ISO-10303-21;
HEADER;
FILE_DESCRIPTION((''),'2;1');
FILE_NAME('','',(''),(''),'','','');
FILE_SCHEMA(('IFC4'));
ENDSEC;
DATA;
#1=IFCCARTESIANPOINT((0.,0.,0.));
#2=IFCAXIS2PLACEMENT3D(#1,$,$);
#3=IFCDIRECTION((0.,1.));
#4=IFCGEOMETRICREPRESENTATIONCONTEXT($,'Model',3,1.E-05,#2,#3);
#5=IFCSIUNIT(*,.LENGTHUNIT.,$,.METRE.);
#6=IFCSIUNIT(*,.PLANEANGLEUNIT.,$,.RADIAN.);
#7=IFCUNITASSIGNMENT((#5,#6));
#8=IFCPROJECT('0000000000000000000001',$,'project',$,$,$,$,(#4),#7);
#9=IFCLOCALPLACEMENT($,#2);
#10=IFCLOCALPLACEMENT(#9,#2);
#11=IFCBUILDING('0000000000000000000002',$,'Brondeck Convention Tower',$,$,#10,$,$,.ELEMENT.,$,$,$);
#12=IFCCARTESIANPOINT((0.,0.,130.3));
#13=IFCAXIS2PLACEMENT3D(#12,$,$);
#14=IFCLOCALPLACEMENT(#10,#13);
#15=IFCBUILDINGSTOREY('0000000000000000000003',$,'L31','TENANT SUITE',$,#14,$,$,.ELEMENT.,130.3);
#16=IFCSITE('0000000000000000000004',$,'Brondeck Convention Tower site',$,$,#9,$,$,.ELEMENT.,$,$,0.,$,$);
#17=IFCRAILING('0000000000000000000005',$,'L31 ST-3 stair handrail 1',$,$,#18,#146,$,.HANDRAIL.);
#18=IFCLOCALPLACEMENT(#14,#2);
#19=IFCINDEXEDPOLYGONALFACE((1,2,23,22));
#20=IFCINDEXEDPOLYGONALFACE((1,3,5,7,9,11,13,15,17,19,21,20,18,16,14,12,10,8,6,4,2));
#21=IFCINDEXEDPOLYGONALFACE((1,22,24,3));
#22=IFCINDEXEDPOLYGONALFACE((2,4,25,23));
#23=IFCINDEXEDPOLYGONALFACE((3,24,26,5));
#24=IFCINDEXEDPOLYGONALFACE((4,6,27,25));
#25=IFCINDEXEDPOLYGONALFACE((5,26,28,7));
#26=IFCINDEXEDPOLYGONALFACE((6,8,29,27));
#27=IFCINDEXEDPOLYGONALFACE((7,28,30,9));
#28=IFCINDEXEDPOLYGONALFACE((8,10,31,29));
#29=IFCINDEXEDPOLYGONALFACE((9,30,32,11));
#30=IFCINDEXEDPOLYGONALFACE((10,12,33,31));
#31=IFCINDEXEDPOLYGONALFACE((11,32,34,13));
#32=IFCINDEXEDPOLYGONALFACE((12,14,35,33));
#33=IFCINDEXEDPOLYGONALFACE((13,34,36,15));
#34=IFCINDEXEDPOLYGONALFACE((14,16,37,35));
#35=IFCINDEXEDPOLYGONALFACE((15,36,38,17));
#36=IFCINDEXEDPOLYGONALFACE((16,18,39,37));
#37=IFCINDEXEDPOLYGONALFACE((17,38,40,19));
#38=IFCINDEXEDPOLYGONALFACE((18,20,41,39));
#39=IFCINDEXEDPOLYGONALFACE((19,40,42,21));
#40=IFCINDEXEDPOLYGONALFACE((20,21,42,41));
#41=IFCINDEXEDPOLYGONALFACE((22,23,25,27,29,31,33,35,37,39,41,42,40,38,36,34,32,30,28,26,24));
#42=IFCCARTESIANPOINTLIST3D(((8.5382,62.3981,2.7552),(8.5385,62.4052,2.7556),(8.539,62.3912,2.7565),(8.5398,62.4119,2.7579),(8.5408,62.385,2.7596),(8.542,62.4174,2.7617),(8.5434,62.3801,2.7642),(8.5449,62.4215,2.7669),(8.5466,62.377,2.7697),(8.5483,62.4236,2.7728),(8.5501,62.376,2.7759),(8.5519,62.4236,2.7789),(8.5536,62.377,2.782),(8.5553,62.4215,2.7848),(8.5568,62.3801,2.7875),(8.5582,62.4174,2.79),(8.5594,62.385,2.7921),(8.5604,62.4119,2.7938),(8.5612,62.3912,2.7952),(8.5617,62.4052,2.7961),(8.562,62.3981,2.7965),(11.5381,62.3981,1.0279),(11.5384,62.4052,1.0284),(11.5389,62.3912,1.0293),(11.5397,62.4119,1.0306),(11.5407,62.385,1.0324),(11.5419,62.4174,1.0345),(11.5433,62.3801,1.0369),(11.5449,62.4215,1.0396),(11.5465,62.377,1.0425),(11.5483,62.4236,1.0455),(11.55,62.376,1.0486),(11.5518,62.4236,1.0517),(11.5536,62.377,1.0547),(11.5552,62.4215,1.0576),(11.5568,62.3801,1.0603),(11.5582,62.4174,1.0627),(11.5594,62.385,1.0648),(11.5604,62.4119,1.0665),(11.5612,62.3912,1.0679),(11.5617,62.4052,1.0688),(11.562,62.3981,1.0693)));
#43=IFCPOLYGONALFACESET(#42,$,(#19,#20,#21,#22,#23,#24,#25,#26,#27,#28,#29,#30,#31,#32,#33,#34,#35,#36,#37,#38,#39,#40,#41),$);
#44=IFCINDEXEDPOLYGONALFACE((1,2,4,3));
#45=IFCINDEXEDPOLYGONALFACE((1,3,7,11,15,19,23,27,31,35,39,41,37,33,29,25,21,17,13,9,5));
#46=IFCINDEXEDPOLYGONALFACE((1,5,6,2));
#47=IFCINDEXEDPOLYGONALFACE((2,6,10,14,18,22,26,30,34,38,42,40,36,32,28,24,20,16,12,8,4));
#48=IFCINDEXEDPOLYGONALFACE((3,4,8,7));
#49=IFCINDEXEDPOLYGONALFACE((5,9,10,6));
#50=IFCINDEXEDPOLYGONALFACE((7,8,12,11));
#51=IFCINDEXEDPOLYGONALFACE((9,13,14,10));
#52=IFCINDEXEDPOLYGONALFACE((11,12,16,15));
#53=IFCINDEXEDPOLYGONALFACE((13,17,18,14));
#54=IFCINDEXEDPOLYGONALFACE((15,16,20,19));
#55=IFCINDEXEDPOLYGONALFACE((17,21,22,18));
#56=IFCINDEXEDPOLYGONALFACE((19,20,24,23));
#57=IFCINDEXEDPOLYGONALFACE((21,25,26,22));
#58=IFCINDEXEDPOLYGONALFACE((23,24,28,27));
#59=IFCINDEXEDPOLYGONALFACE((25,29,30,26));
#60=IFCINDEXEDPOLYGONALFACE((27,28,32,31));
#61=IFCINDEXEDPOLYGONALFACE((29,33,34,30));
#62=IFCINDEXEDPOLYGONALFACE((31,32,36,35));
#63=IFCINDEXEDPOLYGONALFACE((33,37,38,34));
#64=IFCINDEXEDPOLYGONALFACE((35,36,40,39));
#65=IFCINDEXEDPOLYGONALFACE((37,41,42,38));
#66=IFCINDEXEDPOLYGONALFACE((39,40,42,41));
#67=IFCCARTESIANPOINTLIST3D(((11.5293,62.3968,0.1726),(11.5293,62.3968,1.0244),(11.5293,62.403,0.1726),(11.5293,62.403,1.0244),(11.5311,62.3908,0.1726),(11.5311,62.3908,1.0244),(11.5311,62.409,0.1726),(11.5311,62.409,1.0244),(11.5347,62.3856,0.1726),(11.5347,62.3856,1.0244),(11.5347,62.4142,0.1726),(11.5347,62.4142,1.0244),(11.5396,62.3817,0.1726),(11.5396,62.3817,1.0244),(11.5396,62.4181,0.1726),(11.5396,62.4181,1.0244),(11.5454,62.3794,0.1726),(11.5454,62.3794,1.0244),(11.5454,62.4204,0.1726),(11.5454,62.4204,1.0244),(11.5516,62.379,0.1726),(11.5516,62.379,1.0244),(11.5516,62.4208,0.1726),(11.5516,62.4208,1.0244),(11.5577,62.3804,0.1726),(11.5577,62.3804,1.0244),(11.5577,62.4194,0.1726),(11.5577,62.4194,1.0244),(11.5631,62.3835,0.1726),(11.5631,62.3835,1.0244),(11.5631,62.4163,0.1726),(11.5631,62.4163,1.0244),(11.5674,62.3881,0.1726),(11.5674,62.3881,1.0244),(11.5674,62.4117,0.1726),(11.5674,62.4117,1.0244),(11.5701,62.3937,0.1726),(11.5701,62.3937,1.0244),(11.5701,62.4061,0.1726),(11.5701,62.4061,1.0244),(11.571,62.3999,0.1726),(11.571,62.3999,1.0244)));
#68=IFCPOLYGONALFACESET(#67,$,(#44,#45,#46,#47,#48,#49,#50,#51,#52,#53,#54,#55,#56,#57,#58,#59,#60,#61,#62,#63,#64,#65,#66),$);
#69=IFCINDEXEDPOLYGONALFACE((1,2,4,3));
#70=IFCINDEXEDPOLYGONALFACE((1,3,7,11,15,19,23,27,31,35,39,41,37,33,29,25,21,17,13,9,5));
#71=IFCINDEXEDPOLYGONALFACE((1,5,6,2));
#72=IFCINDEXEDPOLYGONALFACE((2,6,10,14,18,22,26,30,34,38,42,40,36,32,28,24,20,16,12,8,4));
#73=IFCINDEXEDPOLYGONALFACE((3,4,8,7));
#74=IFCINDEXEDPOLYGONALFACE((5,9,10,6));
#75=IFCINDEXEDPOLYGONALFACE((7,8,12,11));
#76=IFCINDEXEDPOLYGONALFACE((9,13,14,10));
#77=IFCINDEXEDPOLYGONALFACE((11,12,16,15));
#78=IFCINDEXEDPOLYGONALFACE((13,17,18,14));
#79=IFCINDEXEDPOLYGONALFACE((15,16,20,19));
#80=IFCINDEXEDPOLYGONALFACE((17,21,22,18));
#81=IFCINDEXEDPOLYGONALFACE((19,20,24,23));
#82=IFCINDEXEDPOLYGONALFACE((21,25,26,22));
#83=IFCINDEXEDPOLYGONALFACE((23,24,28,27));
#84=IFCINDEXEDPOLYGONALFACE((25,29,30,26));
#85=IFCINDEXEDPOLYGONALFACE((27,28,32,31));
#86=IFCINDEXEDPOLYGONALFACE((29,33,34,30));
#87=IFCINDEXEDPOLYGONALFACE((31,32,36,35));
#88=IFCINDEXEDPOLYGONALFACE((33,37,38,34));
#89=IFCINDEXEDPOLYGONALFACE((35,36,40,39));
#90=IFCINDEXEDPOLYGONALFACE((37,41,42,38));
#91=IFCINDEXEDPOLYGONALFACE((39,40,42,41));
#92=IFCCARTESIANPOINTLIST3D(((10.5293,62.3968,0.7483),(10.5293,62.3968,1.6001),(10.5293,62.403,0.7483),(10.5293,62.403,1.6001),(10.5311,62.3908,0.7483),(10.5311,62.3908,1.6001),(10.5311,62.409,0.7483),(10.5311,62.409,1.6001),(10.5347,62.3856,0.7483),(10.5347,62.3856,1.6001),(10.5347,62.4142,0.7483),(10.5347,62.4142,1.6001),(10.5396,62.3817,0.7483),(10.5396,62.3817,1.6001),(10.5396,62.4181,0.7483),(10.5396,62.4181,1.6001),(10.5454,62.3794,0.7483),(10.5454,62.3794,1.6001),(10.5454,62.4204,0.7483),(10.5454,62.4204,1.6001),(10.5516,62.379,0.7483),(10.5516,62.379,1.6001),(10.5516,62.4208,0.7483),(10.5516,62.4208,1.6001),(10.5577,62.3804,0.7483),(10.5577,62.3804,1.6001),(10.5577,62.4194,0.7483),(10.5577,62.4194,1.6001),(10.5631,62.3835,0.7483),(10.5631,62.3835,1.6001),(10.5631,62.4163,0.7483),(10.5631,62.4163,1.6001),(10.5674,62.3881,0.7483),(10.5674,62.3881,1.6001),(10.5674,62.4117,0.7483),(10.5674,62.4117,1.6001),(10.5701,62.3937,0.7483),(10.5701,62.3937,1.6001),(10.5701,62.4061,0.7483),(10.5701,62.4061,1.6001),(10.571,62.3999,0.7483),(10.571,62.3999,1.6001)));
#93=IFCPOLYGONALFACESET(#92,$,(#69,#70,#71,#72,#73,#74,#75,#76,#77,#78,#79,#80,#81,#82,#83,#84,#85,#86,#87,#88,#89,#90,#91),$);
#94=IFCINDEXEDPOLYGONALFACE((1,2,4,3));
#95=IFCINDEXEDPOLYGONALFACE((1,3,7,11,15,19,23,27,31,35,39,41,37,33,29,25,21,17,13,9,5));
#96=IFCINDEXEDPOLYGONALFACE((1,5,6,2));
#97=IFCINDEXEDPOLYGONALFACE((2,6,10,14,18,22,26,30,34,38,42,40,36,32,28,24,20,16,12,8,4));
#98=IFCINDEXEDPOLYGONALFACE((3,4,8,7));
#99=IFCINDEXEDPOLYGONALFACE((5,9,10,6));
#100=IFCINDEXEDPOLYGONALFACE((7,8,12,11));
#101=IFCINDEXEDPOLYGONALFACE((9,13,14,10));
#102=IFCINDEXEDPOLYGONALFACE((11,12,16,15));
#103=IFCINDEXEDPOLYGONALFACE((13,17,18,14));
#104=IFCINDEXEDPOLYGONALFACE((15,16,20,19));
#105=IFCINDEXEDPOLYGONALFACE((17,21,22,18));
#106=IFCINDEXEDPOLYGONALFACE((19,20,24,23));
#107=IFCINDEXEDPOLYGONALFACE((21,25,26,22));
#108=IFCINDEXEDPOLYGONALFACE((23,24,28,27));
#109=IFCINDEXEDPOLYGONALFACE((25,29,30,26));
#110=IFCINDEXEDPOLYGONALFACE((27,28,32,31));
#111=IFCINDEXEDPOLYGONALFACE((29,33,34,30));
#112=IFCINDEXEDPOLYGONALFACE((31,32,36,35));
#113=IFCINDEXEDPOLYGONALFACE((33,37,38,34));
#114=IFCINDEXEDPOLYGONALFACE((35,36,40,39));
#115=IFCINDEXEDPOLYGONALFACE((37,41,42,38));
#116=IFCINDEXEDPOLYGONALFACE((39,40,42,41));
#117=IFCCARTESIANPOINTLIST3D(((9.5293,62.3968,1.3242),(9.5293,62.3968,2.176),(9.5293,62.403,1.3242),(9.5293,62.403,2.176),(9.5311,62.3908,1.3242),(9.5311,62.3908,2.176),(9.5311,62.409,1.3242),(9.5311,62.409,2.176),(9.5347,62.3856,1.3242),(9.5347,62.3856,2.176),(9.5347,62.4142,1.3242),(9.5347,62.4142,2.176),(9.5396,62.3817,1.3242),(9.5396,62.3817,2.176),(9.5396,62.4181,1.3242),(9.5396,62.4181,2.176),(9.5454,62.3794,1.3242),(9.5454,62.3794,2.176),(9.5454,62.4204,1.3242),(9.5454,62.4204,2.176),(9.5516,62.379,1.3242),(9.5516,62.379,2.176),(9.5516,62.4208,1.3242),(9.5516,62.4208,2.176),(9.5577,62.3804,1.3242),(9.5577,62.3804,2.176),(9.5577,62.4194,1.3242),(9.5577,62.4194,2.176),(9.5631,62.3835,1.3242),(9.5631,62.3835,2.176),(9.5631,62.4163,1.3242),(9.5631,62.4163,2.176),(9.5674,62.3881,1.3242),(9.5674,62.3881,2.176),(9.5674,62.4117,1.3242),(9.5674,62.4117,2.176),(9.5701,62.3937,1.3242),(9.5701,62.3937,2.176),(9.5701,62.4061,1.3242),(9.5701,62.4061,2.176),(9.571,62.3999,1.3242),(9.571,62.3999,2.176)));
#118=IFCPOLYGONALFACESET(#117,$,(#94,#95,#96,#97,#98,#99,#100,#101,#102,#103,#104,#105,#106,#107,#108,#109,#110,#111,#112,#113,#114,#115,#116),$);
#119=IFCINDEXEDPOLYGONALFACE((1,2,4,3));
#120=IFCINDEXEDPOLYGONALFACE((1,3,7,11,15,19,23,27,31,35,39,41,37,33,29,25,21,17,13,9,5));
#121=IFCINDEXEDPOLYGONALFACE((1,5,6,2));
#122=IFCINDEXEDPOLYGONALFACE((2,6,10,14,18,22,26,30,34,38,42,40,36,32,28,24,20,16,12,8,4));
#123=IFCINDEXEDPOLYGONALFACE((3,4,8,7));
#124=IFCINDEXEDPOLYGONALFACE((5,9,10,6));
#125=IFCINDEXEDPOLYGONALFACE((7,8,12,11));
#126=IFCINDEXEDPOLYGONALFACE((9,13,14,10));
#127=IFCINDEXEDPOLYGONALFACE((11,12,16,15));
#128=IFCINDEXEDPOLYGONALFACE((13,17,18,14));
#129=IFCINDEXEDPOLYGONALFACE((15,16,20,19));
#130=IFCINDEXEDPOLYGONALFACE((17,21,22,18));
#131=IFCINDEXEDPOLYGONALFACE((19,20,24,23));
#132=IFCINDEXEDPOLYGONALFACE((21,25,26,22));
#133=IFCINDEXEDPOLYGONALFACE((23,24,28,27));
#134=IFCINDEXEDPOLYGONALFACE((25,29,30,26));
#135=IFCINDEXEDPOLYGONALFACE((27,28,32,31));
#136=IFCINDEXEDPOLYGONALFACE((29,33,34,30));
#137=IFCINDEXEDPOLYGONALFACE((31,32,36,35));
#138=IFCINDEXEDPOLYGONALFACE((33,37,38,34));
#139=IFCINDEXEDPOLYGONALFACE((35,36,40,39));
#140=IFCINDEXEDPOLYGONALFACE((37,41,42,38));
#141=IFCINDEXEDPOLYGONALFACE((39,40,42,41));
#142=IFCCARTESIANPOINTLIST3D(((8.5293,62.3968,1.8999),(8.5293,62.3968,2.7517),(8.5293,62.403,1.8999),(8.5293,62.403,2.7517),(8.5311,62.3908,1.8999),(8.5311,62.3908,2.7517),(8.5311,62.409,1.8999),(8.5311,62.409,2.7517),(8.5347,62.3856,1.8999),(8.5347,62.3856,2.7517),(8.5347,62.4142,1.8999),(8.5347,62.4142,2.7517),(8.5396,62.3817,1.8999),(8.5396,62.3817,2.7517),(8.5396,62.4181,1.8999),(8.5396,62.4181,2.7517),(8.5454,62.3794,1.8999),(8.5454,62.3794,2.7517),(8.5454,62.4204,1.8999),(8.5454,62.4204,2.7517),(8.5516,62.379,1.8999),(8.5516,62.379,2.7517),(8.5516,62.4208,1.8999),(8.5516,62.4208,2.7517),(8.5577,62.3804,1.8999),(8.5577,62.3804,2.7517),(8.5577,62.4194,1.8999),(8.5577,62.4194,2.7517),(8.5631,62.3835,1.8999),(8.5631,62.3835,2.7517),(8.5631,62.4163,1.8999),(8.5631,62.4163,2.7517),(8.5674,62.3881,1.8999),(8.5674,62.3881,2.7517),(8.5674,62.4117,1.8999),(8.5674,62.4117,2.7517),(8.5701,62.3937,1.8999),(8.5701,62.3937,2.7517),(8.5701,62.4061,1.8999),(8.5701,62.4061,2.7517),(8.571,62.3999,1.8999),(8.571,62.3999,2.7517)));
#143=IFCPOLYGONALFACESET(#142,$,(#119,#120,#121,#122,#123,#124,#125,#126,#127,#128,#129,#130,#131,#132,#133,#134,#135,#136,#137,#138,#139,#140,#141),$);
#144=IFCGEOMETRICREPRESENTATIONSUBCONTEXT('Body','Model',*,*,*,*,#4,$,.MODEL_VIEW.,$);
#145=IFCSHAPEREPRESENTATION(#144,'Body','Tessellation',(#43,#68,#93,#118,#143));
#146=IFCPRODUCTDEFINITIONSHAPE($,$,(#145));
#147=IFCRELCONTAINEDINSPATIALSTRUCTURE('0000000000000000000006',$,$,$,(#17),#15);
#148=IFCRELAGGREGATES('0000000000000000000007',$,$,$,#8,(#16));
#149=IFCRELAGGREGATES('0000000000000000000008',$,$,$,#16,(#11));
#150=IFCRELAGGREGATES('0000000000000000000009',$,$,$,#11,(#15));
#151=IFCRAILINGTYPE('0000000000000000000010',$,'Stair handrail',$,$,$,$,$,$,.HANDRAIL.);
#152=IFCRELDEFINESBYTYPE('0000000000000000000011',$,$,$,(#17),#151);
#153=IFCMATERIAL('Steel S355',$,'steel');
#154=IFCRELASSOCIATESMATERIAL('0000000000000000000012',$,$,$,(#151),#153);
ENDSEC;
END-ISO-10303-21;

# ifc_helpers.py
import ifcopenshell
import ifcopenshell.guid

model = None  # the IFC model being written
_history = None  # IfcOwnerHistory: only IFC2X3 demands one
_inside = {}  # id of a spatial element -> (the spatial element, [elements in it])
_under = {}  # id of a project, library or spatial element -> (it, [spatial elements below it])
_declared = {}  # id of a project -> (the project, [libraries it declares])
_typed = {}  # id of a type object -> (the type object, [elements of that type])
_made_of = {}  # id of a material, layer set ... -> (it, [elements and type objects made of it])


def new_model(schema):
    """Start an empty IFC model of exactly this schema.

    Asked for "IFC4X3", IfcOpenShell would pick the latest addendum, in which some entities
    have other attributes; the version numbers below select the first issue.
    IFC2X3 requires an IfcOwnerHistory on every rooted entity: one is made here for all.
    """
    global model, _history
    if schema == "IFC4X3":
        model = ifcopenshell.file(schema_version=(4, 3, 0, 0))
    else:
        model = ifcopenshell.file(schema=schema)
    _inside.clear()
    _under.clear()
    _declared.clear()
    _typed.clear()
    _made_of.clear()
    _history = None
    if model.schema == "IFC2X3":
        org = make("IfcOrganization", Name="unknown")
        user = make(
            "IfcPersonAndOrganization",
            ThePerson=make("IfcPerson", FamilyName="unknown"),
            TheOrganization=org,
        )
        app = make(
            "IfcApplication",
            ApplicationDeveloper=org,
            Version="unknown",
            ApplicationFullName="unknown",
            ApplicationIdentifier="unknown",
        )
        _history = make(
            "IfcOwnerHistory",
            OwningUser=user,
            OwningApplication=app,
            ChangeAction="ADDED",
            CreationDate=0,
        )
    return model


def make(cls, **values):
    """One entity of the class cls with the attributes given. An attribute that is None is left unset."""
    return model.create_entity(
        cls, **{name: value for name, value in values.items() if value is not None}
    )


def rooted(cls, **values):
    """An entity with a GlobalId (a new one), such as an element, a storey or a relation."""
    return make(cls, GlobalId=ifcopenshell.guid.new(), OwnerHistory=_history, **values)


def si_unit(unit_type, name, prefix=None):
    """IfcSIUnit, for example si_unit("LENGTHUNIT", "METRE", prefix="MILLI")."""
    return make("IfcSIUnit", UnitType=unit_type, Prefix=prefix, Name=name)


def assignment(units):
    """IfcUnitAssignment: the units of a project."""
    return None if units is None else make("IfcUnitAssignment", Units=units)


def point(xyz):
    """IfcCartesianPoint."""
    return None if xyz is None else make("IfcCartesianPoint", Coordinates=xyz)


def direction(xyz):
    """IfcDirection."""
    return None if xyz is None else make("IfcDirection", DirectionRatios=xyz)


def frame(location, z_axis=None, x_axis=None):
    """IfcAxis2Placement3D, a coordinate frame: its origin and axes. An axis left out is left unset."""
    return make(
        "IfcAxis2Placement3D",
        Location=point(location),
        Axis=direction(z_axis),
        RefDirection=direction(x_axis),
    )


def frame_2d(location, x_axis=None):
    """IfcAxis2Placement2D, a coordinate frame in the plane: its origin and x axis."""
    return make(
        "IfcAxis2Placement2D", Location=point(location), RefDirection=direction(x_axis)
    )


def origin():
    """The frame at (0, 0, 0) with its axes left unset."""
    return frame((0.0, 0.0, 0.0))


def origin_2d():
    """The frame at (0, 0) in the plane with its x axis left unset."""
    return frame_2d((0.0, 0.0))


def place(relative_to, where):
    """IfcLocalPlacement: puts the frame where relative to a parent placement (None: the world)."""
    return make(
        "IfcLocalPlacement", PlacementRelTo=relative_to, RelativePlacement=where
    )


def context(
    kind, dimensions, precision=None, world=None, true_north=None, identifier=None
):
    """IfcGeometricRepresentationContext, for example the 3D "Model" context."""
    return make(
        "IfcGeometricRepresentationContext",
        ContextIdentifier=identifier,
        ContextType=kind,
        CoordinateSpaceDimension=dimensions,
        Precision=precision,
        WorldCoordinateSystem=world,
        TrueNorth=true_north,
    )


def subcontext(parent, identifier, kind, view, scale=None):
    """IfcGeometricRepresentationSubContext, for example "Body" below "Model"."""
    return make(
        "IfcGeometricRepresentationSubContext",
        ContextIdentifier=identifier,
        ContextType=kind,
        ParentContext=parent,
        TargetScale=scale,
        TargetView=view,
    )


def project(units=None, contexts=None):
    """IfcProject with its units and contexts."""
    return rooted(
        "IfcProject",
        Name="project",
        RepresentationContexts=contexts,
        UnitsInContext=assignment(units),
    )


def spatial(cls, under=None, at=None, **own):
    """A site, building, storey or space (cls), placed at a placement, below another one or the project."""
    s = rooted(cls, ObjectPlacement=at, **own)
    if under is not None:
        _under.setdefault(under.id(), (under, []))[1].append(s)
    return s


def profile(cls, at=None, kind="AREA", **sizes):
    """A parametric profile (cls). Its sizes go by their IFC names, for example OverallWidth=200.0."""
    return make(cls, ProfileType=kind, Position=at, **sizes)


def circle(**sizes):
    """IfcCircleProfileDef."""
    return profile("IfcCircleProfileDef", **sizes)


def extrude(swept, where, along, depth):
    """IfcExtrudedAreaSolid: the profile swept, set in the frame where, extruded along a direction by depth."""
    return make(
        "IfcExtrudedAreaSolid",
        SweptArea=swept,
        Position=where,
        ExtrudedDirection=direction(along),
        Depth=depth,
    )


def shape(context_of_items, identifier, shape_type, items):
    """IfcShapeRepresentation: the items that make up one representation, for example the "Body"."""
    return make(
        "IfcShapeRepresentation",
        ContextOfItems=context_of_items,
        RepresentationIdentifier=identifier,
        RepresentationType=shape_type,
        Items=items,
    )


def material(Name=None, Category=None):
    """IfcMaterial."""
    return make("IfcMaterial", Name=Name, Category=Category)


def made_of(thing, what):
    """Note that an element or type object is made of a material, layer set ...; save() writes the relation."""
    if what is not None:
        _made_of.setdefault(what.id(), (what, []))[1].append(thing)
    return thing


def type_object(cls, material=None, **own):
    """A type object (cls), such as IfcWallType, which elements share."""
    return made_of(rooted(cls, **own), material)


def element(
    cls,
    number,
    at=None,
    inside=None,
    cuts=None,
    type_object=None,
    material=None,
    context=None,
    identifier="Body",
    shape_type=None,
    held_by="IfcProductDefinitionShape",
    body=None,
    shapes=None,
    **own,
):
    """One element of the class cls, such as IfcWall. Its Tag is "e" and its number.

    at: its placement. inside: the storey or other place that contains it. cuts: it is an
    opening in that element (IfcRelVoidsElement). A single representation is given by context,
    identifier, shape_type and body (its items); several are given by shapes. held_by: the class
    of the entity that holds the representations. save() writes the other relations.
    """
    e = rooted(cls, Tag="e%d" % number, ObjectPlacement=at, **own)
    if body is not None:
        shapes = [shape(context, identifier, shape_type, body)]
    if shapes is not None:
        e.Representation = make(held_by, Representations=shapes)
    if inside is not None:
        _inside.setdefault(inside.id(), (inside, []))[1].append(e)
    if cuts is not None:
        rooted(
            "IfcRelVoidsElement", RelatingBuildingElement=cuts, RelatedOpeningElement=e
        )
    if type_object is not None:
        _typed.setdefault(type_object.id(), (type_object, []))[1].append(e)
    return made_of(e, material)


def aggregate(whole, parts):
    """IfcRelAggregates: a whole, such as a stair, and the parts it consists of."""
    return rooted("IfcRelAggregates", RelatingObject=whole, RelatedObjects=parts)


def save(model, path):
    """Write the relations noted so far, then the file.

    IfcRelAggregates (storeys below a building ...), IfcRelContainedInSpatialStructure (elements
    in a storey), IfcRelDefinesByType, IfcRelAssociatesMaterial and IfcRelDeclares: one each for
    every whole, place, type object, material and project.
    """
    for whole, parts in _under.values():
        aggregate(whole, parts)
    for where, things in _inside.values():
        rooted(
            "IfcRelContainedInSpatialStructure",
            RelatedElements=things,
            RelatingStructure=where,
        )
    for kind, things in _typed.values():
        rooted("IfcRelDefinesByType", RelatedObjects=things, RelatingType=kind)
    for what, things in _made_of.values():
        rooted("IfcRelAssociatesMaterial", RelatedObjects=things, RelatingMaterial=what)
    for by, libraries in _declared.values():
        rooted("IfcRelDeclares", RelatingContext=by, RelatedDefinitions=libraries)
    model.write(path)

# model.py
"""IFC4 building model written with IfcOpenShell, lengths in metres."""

from ifc_helpers import new_model, si_unit, direction, frame, origin, origin_2d, place, context, subcontext, project, spatial, circle, extrude, material, type_object, element, save


model = new_model("IFC4")

# Units and contexts
model_context = context("Model", 3, precision=1e-05, world=origin(), true_north=direction((0.0, 1.0)))
body_context = subcontext(model_context, "Body", "Model", "MODEL_VIEW")
ifc_project = project(units=[si_unit("LENGTHUNIT", "METRE"), si_unit("PLANEANGLEUNIT", "RADIAN")], contexts=[model_context])

# Site, building, storey
site_placement = place(None, origin())
site = spatial("IfcSite", under=ifc_project, at=site_placement, Name="Brondeck Convention Tower site", CompositionType="ELEMENT", RefElevation=0.0)
building_placement = place(site_placement, origin())
building = spatial("IfcBuilding", under=site, at=building_placement, Name="Brondeck Convention Tower", CompositionType="ELEMENT")
storey_placement = place(building_placement, frame((0.0, 0.0, 130.3)))
storey = spatial("IfcBuildingStorey", under=building, at=storey_placement, Name="L31", Description="TENANT SUITE", CompositionType="ELEMENT", Elevation=130.3)

# Railing
ifc_material_1 = material(Name="Steel S355", Category="steel")
railing_type_1 = type_object("IfcRailingType", Name="Stair handrail", PredefinedType="HANDRAIL", material=ifc_material_1)
railing_1_placement = place(storey_placement, frame((11.55, 62.3999, 0.1726)))
element("IfcRailing", 1, at=railing_1_placement, inside=storey, type_object=railing_type_1, Name="L31 ST-3 stair handrail 1", PredefinedType="HANDRAIL", context=body_context, shape_type="SweptSolid", body=[
    extrude(circle(Radius=0.0239, at=origin_2d()), frame((0.0, 0.0, 0.876), z_axis=(-0.86662, 0.0, 0.498969), x_axis=(0.0, -1.0, 0.0)), (0.0, 0.0, 1.0), 3.4617),
    extrude(circle(Radius=0.021, at=origin_2d()), origin(), (0.0, 0.0, 1.0), 0.8518),
    extrude(circle(Radius=0.021, at=origin_2d()), frame((-1.0, 0.0, 0.5757)), (0.0, 0.0, 1.0), 0.8518),
    extrude(circle(Radius=0.021, at=origin_2d()), frame((-2.0, 0.0, 1.1516)), (0.0, 0.0, 1.0), 0.8518),
    extrude(circle(Radius=0.021, at=origin_2d()), frame((-3.0, 0.0, 1.7273)), (0.0, 0.0, 1.0), 0.8518),
])

save(model, "model.ifc")
